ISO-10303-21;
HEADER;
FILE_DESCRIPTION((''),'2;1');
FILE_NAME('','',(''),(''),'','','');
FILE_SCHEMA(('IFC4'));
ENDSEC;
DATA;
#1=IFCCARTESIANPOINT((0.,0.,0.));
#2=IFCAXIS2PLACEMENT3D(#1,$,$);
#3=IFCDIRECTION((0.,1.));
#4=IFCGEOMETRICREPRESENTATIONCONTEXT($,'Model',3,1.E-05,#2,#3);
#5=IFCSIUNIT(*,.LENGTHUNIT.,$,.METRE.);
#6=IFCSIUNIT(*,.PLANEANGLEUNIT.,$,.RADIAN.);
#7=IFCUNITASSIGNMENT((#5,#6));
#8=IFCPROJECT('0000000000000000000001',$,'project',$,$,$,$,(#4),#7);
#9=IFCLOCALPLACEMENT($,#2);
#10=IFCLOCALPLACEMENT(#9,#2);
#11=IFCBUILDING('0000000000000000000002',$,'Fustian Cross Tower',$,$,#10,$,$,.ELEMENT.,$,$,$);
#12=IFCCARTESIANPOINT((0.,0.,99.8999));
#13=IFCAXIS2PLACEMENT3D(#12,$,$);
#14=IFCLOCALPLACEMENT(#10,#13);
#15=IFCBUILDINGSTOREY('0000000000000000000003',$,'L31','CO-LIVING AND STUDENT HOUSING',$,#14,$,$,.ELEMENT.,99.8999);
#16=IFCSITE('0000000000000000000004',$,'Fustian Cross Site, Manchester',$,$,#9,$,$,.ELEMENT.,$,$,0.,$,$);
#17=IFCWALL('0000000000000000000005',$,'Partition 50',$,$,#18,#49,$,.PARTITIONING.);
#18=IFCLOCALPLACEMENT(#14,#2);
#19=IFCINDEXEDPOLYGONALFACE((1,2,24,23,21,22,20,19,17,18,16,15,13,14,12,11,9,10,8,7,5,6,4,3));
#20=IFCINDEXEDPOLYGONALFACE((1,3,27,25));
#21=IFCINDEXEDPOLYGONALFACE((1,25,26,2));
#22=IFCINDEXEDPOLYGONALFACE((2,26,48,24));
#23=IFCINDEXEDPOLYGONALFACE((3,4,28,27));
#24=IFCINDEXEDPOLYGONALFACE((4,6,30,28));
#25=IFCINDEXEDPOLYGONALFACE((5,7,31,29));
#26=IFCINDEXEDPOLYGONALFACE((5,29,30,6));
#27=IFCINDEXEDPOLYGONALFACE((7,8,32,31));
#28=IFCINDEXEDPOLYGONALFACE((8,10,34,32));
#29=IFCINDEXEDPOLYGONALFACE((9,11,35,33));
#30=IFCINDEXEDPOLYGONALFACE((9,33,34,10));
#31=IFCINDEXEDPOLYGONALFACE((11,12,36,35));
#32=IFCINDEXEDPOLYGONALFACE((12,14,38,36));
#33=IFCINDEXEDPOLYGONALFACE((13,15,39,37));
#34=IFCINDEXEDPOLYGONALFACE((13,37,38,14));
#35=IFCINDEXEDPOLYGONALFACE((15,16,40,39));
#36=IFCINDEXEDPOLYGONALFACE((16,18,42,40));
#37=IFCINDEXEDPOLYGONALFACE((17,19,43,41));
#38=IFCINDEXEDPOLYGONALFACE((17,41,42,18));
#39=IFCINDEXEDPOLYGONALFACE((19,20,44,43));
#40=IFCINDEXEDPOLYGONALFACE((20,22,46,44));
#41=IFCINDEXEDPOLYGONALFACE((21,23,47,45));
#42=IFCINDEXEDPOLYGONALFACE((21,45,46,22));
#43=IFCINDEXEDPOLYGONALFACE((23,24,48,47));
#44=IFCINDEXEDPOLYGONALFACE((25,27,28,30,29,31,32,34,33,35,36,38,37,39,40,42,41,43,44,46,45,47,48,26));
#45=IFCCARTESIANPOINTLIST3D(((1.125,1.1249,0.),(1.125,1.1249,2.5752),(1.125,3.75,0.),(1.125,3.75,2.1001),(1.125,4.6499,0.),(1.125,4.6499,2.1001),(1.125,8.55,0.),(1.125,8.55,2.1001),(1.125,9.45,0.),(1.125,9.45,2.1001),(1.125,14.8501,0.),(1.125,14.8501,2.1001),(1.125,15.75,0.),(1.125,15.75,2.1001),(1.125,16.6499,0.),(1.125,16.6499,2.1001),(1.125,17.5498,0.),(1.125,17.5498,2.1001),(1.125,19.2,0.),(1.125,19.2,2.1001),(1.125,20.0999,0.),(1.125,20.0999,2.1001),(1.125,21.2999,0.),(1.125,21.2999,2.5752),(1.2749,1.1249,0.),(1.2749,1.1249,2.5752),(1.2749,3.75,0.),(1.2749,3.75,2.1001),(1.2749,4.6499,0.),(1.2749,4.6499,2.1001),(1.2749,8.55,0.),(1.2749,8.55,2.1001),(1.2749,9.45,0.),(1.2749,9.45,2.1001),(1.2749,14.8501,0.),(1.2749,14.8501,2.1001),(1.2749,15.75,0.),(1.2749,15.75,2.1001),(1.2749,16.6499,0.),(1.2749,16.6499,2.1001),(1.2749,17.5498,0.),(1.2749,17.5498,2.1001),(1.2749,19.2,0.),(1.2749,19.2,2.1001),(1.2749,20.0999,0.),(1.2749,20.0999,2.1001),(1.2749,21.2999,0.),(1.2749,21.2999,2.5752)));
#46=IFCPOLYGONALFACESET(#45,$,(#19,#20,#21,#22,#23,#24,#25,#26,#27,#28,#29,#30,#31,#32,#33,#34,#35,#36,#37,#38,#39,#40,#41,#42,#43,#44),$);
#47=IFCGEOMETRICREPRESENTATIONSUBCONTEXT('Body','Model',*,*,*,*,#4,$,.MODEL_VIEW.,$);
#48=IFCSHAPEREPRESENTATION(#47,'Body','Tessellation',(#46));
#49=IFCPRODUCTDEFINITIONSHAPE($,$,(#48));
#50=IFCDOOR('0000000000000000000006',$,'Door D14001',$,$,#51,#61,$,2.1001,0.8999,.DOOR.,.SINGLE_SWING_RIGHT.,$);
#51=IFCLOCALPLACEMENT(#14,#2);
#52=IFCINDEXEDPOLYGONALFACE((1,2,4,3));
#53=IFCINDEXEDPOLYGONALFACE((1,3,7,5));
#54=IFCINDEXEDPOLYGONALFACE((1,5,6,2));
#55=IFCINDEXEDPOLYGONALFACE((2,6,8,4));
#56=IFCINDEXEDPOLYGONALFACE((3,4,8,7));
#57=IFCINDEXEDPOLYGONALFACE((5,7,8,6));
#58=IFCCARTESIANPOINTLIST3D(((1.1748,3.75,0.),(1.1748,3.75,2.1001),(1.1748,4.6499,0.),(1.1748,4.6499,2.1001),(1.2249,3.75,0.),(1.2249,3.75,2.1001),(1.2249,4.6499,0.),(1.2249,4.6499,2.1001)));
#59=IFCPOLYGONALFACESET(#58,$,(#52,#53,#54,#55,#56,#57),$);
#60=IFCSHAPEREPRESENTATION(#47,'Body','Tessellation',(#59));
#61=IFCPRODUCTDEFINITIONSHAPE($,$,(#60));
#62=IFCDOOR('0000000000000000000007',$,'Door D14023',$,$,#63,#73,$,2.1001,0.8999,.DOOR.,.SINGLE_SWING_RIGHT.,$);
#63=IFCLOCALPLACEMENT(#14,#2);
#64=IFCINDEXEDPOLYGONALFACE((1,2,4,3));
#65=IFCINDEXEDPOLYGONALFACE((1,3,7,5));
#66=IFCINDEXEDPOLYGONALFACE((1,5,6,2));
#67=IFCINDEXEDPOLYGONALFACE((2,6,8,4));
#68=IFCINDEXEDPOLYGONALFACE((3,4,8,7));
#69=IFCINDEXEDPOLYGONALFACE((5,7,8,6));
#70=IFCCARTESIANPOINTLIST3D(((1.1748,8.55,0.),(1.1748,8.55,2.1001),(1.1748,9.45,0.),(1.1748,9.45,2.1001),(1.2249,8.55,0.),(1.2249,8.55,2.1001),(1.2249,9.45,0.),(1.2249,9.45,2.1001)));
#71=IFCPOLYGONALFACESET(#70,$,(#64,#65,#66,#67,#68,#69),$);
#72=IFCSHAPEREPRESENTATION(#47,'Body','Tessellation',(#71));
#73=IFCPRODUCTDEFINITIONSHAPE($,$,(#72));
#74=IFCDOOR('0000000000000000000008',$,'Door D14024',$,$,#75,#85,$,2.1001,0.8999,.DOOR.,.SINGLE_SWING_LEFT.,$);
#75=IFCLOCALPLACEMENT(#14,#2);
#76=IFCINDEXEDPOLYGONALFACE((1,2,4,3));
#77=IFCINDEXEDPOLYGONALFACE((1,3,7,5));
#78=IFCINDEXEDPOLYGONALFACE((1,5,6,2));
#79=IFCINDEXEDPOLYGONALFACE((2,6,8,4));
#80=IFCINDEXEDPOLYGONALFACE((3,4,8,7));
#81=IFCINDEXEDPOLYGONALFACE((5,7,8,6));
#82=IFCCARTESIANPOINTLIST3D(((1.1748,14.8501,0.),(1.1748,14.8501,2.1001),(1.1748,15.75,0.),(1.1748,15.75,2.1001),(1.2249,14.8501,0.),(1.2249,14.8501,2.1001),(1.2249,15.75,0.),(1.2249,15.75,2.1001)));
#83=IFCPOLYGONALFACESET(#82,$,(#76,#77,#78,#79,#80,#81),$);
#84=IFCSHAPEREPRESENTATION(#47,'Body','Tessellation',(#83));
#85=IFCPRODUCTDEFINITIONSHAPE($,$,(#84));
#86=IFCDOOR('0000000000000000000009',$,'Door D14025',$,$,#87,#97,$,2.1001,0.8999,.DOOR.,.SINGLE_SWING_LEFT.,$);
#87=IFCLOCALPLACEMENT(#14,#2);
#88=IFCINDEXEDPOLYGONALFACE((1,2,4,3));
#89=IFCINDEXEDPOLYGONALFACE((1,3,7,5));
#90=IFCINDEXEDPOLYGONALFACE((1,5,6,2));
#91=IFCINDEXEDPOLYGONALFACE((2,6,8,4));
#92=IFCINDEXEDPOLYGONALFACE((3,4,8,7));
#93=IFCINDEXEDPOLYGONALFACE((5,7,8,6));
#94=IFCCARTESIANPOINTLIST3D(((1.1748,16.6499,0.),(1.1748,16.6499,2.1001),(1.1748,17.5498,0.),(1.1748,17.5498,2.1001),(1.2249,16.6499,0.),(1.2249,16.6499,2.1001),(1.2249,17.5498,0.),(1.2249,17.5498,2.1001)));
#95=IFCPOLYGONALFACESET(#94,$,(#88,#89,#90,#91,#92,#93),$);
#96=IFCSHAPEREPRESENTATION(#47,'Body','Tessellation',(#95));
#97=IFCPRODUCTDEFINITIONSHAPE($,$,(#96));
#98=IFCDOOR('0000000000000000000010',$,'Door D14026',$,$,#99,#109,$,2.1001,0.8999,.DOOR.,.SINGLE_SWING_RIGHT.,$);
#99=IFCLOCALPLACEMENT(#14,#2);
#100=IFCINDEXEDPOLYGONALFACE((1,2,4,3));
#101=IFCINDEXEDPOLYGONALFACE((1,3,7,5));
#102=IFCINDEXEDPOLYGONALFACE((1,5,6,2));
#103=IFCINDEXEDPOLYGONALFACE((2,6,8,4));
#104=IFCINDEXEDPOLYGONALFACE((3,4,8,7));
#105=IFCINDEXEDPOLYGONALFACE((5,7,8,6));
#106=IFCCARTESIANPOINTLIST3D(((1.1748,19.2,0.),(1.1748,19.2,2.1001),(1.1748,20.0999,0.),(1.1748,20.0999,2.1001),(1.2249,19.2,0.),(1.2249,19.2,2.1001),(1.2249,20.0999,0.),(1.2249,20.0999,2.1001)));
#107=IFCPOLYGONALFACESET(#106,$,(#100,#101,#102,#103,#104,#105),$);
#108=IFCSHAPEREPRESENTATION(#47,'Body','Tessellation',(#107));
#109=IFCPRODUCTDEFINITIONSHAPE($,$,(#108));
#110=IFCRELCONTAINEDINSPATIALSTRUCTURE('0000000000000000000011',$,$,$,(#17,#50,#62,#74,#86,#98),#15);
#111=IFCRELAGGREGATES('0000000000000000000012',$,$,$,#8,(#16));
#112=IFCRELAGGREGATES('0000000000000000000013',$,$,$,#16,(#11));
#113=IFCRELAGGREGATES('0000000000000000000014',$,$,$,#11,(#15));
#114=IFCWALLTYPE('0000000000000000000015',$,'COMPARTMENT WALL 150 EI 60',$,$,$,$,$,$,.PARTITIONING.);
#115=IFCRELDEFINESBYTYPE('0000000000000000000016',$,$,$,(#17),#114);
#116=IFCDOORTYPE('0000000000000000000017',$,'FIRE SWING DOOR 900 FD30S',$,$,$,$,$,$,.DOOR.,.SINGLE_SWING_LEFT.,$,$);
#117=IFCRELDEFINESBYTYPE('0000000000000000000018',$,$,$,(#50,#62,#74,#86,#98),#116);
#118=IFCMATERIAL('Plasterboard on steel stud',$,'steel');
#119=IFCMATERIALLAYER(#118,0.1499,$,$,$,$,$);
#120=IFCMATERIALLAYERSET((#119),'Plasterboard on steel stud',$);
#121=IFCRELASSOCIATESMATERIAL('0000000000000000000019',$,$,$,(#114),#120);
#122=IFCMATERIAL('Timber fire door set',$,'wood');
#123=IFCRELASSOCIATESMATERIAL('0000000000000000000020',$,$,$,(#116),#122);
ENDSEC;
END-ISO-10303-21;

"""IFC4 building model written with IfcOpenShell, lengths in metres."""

from ifc_helpers import new_model, si_unit, direction, frame, frame_2d, origin, place, context, subcontext, project, spatial, rectangle, extrude, material, layer, layer_set, type_object, element, fill, save


model = new_model("IFC4")

# Units and contexts
model_context = context("Model", 3, precision=1e-05, world=origin(), true_north=direction((0.0, 1.0)))
body_context = subcontext(model_context, "Body", "Model", "MODEL_VIEW")
ifc_project = project(units=[si_unit("LENGTHUNIT", "METRE"), si_unit("PLANEANGLEUNIT", "RADIAN")], contexts=[model_context])

# Site, building, storey
site_placement = place(None, origin())
site = spatial("IfcSite", under=ifc_project, at=site_placement, Name="Fustian Cross Site, Manchester", CompositionType="ELEMENT", RefElevation=0.0)
building_placement = place(site_placement, origin())
building = spatial("IfcBuilding", under=site, at=building_placement, Name="Fustian Cross Tower", CompositionType="ELEMENT")
storey_placement = place(building_placement, frame((0.0, 0.0, 99.8999)))
storey = spatial("IfcBuildingStorey", under=building, at=storey_placement, Name="L31", Description="CO-LIVING AND STUDENT HOUSING", CompositionType="ELEMENT", Elevation=99.8999)

# Shared definitions
ifc_material_1 = material(Name="Plasterboard on steel stud", Category="steel")
ifc_layer_1 = layer(ifc_material_1, 0.1499)
ifc_layer_set_1 = layer_set([ifc_layer_1], Name="Plasterboard on steel stud")
wall_type_1 = type_object("IfcWallType", Name="COMPARTMENT WALL 150 EI 60", PredefinedType="PARTITIONING", material=ifc_layer_set_1)
ifc_material_2 = material(Name="Timber fire door set", Category="wood")
door_type_1 = type_object("IfcDoorType", Name="FIRE SWING DOOR 900 FD30S", OperationType="SINGLE_SWING_LEFT", PredefinedType="DOOR", material=ifc_material_2)

# Wall, openings, doors
wall_1_placement = place(storey_placement, frame((1.2, 1.125, 0.0), z_axis=(0.0, 0.0, 1.0), x_axis=(0.0, 1.0, 0.0)))
wall_1 = element("IfcWall", 1, at=wall_1_placement, inside=storey, type_object=wall_type_1, Name="Partition 50", PredefinedType="PARTITIONING", context=body_context, shape_type="SweptSolid", body=[
    extrude(rectangle(XDim=20.175, YDim=0.1499, at=frame_2d((10.0874, 0.0))), origin(), (0.0, 0.0, 1.0), 2.5752),
])
opening_1_placement = place(wall_1_placement, frame((2.625, 0.0, 0.0)))
opening_1 = element("IfcOpeningElement", 2, at=opening_1_placement, cuts=wall_1, PredefinedType="OPENING", context=body_context, shape_type="SweptSolid", body=[
    extrude(rectangle(XDim=0.8999, YDim=2.1001, at=frame_2d((0.45, 1.05))), frame((0.0, 0.085, 0.0), z_axis=(0.0, -1.0, 0.0), x_axis=(1.0, 0.0, 0.0)), (0.0, 0.0, 1.0), 0.1699),
])
opening_2_placement = place(wall_1_placement, frame((7.425, 0.0, 0.0)))
opening_2 = element("IfcOpeningElement", 3, at=opening_2_placement, cuts=wall_1, PredefinedType="OPENING", context=body_context, shape_type="SweptSolid", body=[
    extrude(rectangle(XDim=0.8999, YDim=2.1001, at=frame_2d((0.45, 1.05))), frame((0.0, 0.085, 0.0), z_axis=(0.0, -1.0, 0.0), x_axis=(1.0, 0.0, 0.0)), (0.0, 0.0, 1.0), 0.1699),
])
opening_3_placement = place(wall_1_placement, frame((13.7251, 0.0, 0.0)))
opening_3 = element("IfcOpeningElement", 4, at=opening_3_placement, cuts=wall_1, PredefinedType="OPENING", context=body_context, shape_type="SweptSolid", body=[
    extrude(rectangle(XDim=0.8999, YDim=2.1001, at=frame_2d((0.45, 1.05))), frame((0.0, 0.085, 0.0), z_axis=(0.0, -1.0, 0.0), x_axis=(1.0, 0.0, 0.0)), (0.0, 0.0, 1.0), 0.1699),
])
opening_4_placement = place(wall_1_placement, frame((15.5249, 0.0, 0.0)))
opening_4 = element("IfcOpeningElement", 5, at=opening_4_placement, cuts=wall_1, PredefinedType="OPENING", context=body_context, shape_type="SweptSolid", body=[
    extrude(rectangle(XDim=0.8999, YDim=2.1001, at=frame_2d((0.45, 1.05))), frame((0.0, 0.085, 0.0), z_axis=(0.0, -1.0, 0.0), x_axis=(1.0, 0.0, 0.0)), (0.0, 0.0, 1.0), 0.1699),
])
opening_5_placement = place(wall_1_placement, frame((18.075, 0.0, 0.0)))
opening_5 = element("IfcOpeningElement", 6, at=opening_5_placement, cuts=wall_1, PredefinedType="OPENING", context=body_context, shape_type="SweptSolid", body=[
    extrude(rectangle(XDim=0.8999, YDim=2.1001, at=frame_2d((0.45, 1.05))), frame((0.0, 0.085, 0.0), z_axis=(0.0, -1.0, 0.0), x_axis=(1.0, 0.0, 0.0)), (0.0, 0.0, 1.0), 0.1699),
])
door_1_placement = place(opening_1_placement, frame((0.8999, 0.0, 0.0), z_axis=(0.0, 0.0, 1.0), x_axis=(-1.0, 0.0, 0.0)))
door_1 = element("IfcDoor", 7, at=door_1_placement, inside=storey, type_object=door_type_1, Name="Door D14001", OperationType="SINGLE_SWING_RIGHT", OverallHeight=2.1001, OverallWidth=0.8999, PredefinedType="DOOR", context=body_context, shape_type="SweptSolid", body=[
    extrude(rectangle(XDim=0.8999, YDim=2.1001, at=frame_2d((0.45, 1.05))), frame((0.0, 0.0249, 0.0), z_axis=(0.0, -1.0, 0.0), x_axis=(1.0, 0.0, 0.0)), (0.0, 0.0, 1.0), 0.05),
])
fill(opening_1, door_1)
door_2_placement = place(opening_2_placement, frame((0.8999, 0.0, 0.0), z_axis=(0.0, 0.0, 1.0), x_axis=(-1.0, 0.0, 0.0)))
door_2 = element("IfcDoor", 8, at=door_2_placement, inside=storey, type_object=door_type_1, Name="Door D14023", OperationType="SINGLE_SWING_RIGHT", OverallHeight=2.1001, OverallWidth=0.8999, PredefinedType="DOOR", context=body_context, shape_type="SweptSolid", body=[
    extrude(rectangle(XDim=0.8999, YDim=2.1001, at=frame_2d((0.45, 1.05))), frame((0.0, 0.0249, 0.0), z_axis=(0.0, -1.0, 0.0), x_axis=(1.0, 0.0, 0.0)), (0.0, 0.0, 1.0), 0.05),
])
fill(opening_2, door_2)
door_3_placement = place(opening_3_placement, frame((0.8999, 0.0, 0.0), z_axis=(0.0, 0.0, 1.0), x_axis=(-1.0, 0.0, 0.0)))
door_3 = element("IfcDoor", 9, at=door_3_placement, inside=storey, type_object=door_type_1, Name="Door D14024", OperationType="SINGLE_SWING_LEFT", OverallHeight=2.1001, OverallWidth=0.8999, PredefinedType="DOOR", context=body_context, shape_type="SweptSolid", body=[
    extrude(rectangle(XDim=0.8999, YDim=2.1001, at=frame_2d((0.45, 1.05))), frame((0.0, 0.0249, 0.0), z_axis=(0.0, -1.0, 0.0), x_axis=(1.0, 0.0, 0.0)), (0.0, 0.0, 1.0), 0.05),
])
fill(opening_3, door_3)
door_4_placement = place(opening_4_placement, frame((0.8999, 0.0, 0.0), z_axis=(0.0, 0.0, 1.0), x_axis=(-1.0, 0.0, 0.0)))
door_4 = element("IfcDoor", 10, at=door_4_placement, inside=storey, type_object=door_type_1, Name="Door D14025", OperationType="SINGLE_SWING_LEFT", OverallHeight=2.1001, OverallWidth=0.8999, PredefinedType="DOOR", context=body_context, shape_type="SweptSolid", body=[
    extrude(rectangle(XDim=0.8999, YDim=2.1001, at=frame_2d((0.45, 1.05))), frame((0.0, 0.0249, 0.0), z_axis=(0.0, -1.0, 0.0), x_axis=(1.0, 0.0, 0.0)), (0.0, 0.0, 1.0), 0.05),
])
fill(opening_4, door_4)
door_5_placement = place(opening_5_placement, frame((0.8999, 0.0, 0.0), z_axis=(0.0, 0.0, 1.0), x_axis=(-1.0, 0.0, 0.0)))
door_5 = element("IfcDoor", 11, at=door_5_placement, inside=storey, type_object=door_type_1, Name="Door D14026", OperationType="SINGLE_SWING_RIGHT", OverallHeight=2.1001, OverallWidth=0.8999, PredefinedType="DOOR", context=body_context, shape_type="SweptSolid", body=[
    extrude(rectangle(XDim=0.8999, YDim=2.1001, at=frame_2d((0.45, 1.05))), frame((0.0, 0.0249, 0.0), z_axis=(0.0, -1.0, 0.0), x_axis=(1.0, 0.0, 0.0)), (0.0, 0.0, 1.0), 0.05),
])
fill(opening_5, door_5)

save(model, "model.ifc")
